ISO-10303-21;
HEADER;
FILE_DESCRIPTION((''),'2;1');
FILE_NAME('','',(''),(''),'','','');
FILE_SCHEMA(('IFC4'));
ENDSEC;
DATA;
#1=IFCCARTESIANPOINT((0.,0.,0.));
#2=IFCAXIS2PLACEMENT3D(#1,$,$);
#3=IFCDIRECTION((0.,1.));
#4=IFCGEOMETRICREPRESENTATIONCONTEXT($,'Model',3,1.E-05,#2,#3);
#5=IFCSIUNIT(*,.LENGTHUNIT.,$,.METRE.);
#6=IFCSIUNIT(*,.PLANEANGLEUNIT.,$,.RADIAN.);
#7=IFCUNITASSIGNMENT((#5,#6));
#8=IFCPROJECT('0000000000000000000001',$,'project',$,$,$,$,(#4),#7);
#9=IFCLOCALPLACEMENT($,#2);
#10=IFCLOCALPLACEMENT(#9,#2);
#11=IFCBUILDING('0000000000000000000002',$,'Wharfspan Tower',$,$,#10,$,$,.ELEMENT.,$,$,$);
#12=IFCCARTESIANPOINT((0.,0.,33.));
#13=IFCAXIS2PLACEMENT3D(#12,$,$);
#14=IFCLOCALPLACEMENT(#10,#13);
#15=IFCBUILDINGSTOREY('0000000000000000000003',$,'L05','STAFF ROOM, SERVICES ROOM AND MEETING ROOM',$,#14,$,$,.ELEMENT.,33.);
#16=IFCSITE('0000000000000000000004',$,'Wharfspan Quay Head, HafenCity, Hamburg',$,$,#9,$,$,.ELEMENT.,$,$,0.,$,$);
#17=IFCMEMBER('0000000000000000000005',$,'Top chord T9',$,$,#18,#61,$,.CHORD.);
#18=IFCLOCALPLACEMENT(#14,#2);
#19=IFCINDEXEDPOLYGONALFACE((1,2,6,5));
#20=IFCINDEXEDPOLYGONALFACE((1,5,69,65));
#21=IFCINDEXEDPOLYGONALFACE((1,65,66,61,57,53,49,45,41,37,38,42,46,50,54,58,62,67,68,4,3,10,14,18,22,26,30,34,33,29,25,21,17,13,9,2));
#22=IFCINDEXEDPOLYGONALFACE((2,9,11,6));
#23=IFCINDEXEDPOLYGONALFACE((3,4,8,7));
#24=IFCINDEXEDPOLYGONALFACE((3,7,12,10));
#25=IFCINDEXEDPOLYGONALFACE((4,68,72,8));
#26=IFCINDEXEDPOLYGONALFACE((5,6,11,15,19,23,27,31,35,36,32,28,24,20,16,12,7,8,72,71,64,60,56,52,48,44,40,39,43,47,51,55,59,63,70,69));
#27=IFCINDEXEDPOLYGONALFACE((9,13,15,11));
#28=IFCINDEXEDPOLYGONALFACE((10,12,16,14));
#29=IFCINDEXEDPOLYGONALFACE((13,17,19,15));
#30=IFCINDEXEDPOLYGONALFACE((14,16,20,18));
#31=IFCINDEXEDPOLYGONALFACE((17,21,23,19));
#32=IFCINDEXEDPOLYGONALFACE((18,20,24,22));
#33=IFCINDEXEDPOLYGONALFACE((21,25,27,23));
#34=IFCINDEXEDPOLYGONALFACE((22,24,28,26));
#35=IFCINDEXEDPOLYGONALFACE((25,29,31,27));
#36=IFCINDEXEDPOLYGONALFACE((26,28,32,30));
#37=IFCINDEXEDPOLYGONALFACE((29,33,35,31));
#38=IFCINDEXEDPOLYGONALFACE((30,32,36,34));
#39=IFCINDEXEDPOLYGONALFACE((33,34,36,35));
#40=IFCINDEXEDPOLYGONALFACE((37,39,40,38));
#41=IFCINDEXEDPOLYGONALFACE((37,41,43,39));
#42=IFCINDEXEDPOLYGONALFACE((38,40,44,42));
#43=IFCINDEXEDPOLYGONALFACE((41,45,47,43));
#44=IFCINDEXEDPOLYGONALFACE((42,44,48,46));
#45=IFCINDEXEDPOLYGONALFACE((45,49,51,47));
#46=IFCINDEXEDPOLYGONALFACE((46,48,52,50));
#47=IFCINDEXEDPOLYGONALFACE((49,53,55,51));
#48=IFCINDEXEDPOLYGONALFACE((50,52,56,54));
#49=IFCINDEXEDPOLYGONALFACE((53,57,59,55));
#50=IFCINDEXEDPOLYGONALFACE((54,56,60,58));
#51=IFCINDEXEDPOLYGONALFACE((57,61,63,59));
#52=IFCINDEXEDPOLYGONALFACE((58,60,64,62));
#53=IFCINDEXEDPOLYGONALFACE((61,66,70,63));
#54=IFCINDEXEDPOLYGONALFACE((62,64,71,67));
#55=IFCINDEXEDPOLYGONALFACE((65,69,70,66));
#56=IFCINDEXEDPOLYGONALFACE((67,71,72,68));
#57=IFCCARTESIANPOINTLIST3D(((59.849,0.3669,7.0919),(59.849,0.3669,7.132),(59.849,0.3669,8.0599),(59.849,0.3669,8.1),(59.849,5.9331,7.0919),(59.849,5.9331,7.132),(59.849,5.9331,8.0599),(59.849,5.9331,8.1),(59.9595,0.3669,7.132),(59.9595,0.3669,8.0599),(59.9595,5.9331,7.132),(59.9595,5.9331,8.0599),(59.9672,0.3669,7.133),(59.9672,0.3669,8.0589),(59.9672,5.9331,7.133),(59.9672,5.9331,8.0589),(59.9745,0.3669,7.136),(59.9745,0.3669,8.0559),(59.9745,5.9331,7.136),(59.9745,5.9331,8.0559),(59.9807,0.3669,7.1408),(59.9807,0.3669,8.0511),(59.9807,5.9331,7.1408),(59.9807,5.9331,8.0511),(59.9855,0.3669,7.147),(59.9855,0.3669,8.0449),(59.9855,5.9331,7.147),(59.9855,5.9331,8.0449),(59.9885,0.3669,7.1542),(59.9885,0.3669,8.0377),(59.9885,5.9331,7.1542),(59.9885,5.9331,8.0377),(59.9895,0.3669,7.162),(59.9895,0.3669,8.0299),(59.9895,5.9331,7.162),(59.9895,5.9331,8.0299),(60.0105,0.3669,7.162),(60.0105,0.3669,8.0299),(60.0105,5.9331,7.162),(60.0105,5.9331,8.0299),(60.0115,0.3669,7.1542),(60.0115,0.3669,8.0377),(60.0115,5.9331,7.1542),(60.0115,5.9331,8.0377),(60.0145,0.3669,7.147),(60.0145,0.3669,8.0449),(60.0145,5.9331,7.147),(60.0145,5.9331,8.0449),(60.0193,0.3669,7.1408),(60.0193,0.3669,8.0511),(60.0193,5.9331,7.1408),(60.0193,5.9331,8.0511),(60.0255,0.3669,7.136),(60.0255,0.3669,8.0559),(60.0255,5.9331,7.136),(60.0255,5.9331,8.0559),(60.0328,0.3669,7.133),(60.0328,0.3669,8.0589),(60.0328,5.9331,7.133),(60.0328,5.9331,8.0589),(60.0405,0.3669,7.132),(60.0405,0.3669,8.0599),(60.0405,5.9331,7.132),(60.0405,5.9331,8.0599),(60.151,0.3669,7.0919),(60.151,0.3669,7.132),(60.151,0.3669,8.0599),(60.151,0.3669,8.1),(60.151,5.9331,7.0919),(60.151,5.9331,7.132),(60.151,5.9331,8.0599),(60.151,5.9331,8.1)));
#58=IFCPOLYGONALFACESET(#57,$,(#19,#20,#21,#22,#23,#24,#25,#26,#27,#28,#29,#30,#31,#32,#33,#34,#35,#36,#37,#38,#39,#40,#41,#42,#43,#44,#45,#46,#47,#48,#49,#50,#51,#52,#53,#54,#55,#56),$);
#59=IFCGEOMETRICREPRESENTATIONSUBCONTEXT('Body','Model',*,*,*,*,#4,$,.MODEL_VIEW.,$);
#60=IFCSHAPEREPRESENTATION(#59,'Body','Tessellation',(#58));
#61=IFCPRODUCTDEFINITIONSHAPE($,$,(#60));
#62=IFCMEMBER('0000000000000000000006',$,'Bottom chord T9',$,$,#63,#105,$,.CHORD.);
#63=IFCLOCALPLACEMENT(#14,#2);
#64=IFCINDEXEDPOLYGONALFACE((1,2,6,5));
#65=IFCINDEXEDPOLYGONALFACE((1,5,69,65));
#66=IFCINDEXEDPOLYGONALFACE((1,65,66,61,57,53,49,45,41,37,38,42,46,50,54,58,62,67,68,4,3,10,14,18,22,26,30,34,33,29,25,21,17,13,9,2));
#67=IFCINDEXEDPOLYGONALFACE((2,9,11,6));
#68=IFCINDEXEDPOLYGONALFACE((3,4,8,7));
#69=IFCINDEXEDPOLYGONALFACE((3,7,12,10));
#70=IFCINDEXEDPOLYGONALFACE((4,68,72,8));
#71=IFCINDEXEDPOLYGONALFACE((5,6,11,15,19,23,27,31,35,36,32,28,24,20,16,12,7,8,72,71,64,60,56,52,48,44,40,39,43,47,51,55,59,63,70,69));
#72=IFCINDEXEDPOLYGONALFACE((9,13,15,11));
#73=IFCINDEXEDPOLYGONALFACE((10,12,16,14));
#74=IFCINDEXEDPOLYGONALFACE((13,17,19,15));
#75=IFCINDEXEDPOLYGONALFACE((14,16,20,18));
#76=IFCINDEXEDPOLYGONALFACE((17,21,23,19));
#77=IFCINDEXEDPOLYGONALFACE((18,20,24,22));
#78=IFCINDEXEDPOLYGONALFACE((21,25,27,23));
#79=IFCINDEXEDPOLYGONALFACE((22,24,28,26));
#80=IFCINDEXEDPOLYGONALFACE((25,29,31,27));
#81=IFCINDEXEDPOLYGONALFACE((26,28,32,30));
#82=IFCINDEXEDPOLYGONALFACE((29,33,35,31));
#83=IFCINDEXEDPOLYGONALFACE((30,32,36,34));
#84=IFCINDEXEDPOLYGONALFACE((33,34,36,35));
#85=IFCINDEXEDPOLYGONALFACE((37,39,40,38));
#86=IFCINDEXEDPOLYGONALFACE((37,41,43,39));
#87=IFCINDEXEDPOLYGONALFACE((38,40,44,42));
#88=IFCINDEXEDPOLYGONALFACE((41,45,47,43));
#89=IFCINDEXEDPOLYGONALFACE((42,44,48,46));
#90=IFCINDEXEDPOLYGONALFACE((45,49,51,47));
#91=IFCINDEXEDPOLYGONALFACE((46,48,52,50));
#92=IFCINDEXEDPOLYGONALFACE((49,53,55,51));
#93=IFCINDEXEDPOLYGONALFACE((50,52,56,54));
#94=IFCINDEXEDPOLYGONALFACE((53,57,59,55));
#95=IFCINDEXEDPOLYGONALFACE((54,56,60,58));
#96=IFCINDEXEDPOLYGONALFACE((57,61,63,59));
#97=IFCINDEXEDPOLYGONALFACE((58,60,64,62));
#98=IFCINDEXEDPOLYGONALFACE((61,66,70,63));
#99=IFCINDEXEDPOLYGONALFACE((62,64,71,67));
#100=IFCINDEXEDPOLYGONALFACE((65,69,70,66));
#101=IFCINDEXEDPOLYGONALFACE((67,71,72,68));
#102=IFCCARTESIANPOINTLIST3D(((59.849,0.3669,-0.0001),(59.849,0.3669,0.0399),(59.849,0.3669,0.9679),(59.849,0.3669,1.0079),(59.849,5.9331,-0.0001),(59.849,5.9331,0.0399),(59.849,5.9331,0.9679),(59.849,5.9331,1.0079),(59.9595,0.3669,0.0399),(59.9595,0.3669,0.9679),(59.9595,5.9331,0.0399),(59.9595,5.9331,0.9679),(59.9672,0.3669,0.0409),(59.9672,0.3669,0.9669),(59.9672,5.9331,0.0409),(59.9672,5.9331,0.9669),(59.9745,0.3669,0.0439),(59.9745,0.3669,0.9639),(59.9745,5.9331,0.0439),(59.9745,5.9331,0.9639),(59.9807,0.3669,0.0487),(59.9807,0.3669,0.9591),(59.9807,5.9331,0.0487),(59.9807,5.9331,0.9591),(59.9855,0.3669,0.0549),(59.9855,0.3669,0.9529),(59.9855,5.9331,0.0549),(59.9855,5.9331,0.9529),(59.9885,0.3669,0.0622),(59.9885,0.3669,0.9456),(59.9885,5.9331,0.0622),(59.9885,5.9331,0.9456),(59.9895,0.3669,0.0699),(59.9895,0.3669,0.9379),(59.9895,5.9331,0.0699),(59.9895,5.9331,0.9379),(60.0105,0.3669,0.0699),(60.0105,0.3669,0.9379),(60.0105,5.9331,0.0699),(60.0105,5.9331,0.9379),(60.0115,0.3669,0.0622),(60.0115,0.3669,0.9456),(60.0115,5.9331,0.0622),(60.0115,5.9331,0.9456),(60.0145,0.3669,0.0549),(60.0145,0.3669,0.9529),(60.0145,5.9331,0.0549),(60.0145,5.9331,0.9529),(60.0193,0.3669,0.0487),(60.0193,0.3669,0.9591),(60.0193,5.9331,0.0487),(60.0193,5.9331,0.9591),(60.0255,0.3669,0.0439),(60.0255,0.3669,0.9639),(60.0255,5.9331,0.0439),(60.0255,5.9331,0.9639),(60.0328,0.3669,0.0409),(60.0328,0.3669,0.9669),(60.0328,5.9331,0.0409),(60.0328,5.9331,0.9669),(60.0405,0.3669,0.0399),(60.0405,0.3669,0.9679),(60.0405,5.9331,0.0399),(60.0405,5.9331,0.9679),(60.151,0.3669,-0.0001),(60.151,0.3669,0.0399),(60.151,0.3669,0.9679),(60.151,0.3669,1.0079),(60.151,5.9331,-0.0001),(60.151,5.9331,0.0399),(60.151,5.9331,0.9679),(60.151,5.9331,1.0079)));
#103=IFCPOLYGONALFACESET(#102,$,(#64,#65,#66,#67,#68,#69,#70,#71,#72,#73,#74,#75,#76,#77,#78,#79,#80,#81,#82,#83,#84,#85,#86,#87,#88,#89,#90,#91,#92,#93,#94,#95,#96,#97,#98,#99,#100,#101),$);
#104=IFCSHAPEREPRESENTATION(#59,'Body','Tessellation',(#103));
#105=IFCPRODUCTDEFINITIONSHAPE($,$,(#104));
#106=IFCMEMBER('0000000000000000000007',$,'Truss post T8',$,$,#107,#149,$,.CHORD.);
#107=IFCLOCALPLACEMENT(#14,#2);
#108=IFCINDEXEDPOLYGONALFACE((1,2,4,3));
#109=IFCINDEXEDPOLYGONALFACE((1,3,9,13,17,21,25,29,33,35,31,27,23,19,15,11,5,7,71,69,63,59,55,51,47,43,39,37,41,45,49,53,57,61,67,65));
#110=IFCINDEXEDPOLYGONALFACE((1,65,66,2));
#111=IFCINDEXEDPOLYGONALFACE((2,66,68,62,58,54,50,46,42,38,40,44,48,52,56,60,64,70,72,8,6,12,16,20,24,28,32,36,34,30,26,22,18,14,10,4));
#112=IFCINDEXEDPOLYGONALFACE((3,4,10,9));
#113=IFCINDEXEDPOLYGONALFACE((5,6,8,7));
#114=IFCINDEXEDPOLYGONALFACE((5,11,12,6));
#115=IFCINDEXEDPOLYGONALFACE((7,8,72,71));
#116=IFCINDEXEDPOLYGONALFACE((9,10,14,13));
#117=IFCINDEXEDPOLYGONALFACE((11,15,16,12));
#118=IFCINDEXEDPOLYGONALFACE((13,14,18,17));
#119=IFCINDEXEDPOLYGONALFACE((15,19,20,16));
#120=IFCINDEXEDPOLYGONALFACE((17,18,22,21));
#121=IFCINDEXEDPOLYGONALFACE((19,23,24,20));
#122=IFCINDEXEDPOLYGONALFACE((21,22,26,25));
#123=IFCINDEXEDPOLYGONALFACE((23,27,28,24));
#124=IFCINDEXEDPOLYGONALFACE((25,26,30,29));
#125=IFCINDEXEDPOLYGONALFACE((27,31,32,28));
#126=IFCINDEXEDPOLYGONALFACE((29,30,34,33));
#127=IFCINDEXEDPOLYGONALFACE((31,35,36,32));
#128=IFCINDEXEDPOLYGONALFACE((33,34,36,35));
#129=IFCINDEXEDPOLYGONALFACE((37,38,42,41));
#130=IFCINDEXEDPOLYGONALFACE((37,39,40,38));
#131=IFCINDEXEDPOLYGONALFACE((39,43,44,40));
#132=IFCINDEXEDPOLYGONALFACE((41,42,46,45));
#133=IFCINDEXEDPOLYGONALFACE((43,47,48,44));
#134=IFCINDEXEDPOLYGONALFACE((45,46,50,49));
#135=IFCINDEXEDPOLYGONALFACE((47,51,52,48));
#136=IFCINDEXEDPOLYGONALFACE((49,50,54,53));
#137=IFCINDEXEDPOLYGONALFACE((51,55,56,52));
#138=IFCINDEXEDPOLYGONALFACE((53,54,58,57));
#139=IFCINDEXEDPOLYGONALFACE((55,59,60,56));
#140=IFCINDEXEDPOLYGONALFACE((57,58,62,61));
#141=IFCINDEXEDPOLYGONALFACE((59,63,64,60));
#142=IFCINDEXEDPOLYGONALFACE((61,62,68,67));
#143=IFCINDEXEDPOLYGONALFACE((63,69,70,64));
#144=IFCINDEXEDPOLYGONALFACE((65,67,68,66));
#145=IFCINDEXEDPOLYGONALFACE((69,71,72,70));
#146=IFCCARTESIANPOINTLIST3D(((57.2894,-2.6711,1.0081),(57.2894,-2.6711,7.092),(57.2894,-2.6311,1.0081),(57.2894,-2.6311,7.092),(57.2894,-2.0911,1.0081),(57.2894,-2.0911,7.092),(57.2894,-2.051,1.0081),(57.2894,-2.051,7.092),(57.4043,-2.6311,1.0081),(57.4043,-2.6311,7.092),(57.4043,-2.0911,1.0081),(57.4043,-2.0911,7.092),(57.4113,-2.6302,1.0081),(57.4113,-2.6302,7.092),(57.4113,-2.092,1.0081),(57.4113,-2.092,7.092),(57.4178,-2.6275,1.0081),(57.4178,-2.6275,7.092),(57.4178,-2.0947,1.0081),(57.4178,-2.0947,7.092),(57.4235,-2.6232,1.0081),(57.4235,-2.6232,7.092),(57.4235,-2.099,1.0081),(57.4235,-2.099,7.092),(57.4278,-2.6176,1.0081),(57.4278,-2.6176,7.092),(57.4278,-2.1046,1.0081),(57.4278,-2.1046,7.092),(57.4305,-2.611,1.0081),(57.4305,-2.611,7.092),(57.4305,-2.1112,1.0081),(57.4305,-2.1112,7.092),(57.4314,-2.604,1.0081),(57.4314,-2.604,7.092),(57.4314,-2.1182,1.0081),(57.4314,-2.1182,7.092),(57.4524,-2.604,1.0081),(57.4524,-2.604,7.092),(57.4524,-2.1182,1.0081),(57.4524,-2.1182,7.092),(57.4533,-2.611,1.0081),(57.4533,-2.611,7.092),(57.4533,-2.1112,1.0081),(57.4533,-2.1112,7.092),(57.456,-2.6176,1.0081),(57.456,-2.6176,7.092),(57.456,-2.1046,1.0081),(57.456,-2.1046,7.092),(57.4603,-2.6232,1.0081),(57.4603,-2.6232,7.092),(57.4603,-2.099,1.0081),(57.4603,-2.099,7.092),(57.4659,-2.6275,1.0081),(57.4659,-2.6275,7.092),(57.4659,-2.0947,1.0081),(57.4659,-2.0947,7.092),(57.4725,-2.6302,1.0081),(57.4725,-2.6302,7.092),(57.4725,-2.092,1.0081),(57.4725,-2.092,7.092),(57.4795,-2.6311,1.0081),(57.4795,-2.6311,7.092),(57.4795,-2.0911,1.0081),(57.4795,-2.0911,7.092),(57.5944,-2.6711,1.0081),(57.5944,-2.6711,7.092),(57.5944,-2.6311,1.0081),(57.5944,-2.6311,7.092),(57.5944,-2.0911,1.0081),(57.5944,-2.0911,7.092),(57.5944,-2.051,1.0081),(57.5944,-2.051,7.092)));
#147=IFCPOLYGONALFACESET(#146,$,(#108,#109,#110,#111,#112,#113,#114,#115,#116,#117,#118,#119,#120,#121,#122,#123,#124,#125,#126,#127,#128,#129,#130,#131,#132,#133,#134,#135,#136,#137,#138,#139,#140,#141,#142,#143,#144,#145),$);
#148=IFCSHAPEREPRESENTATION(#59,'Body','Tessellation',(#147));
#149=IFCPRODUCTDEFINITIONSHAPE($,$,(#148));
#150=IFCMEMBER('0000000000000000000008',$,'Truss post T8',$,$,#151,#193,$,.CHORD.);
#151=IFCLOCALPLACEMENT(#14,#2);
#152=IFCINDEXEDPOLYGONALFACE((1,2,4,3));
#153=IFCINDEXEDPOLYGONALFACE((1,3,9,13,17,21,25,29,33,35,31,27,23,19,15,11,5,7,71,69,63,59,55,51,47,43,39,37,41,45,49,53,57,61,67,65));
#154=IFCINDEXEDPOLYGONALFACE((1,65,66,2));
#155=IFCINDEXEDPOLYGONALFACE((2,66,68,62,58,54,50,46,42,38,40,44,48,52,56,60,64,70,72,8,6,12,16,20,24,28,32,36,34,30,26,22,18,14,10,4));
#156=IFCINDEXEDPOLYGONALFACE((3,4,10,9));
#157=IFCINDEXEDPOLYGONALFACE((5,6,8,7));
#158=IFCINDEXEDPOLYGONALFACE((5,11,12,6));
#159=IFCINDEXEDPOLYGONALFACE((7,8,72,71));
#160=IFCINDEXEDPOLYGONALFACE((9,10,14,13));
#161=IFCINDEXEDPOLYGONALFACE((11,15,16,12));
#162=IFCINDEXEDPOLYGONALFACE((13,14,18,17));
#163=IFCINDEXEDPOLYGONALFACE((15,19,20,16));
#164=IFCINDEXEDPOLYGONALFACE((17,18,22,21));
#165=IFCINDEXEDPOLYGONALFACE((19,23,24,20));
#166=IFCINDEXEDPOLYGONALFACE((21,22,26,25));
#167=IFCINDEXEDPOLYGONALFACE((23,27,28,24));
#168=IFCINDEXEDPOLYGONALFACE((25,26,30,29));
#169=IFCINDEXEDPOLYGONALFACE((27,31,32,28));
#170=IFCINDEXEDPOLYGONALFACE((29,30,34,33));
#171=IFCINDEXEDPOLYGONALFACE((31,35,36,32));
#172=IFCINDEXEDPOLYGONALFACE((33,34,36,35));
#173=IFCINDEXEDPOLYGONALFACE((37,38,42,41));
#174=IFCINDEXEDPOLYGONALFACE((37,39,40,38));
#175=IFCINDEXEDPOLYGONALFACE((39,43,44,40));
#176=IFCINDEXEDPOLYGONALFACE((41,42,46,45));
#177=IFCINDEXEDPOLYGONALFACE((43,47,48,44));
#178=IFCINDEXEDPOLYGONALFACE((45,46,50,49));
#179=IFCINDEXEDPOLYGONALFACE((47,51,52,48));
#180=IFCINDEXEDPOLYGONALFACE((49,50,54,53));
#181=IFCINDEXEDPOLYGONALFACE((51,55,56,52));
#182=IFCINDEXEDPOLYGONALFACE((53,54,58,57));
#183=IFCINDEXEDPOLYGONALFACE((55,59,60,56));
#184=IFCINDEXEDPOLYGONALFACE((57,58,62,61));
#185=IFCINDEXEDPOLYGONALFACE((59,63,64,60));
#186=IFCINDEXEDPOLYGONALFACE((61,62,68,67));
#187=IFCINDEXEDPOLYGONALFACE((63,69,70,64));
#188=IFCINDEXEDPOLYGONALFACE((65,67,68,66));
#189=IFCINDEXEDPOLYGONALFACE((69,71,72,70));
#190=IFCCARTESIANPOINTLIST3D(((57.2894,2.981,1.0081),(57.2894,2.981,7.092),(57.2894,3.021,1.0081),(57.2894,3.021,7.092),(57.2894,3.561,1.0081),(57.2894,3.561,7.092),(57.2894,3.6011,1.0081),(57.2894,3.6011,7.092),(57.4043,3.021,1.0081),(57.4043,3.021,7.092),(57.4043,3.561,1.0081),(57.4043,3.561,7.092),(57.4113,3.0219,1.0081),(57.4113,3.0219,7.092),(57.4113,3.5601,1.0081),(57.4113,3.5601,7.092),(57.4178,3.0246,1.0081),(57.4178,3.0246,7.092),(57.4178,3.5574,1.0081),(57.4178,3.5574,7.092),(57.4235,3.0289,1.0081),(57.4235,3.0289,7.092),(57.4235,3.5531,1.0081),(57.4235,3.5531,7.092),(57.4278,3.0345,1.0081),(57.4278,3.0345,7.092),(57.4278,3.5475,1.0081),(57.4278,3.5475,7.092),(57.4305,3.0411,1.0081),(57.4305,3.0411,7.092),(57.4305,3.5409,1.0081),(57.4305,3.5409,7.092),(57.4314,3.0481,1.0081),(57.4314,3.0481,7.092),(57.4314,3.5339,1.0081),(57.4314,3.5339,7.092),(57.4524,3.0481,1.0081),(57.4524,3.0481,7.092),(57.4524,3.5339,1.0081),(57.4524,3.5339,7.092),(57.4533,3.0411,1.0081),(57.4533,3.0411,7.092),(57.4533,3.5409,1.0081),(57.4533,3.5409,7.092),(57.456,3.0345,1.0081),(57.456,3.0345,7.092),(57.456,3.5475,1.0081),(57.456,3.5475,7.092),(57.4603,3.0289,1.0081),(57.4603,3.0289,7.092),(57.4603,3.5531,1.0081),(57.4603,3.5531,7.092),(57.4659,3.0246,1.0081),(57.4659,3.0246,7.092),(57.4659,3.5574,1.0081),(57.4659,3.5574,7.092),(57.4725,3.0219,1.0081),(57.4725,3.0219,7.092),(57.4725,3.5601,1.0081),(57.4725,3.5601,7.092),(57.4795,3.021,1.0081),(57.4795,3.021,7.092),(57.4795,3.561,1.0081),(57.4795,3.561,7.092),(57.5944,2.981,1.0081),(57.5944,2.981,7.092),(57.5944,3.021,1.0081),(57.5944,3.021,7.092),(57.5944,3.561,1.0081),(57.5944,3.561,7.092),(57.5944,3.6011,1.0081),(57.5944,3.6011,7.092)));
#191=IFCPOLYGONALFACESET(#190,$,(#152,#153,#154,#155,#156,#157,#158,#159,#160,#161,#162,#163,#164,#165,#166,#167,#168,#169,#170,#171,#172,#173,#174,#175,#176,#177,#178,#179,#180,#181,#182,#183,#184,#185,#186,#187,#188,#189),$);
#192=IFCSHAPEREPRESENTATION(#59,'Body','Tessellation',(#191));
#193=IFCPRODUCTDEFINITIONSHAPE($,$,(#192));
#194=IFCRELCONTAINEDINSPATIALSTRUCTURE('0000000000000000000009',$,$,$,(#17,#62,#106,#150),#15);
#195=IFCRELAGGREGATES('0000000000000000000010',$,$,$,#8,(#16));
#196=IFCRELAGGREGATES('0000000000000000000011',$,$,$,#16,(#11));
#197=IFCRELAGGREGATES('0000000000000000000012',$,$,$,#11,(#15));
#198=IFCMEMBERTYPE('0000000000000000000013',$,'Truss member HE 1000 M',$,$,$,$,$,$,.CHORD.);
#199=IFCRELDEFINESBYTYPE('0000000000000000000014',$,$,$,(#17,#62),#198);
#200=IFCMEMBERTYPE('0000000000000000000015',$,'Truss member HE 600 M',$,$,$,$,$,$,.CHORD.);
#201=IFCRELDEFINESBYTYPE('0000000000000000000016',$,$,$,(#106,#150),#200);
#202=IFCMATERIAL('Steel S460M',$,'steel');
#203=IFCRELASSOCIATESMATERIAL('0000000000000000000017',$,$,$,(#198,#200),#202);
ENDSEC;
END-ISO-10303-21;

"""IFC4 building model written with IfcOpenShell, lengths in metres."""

from ifc_helpers import new_model, si_unit, direction, frame, origin, origin_2d, place, context, subcontext, project, spatial, i_section, extrude, material, material_profile, profile_set, type_object, element, save


model = new_model("IFC4")

# Units and contexts
model_context = context("Model", 3, precision=1e-05, world=origin(), true_north=direction((0.0, 1.0)))
body_context = subcontext(model_context, "Body", "Model", "MODEL_VIEW")
ifc_project = project(units=[si_unit("LENGTHUNIT", "METRE"), si_unit("PLANEANGLEUNIT", "RADIAN")], contexts=[model_context])

# Site, building, storey
site_placement = place(None, origin())
site = spatial("IfcSite", under=ifc_project, at=site_placement, Name="Wharfspan Quay Head, HafenCity, Hamburg", CompositionType="ELEMENT", RefElevation=0.0)
building_placement = place(site_placement, origin())
building = spatial("IfcBuilding", under=site, at=building_placement, Name="Wharfspan Tower", CompositionType="ELEMENT")
storey_placement = place(building_placement, frame((0.0, 0.0, 33.0)))
storey = spatial("IfcBuildingStorey", under=building, at=storey_placement, Name="L05", Description="STAFF ROOM, SERVICES ROOM AND MEETING ROOM", CompositionType="ELEMENT", Elevation=33.0)

# Members
ifc_material_1 = material(Name="Steel S460M", Category="steel")
ifc_material_profile_1 = material_profile(ifc_material_1, i_section(OverallWidth=0.302, OverallDepth=1.0081, WebThickness=0.021, FlangeThickness=0.04, FilletRadius=0.03, at=origin_2d()))
ifc_profile_set_1 = profile_set([ifc_material_profile_1], Name="Steel S460M")
member_type_1 = type_object("IfcMemberType", Name="Truss member HE 1000 M", PredefinedType="CHORD", material=ifc_profile_set_1)
for number, where, z_axis, x_axis, name in (
    (1, (60.0, 0.3669, 7.5959), (0.0, 1.0, 0.0), (-1.0, 0.0, 0.0), "Top chord T9"),
    (2, (60.0, 0.3669, 0.5039), (0.0, 1.0, 0.0), (-1.0, 0.0, 0.0), "Bottom chord T9"),
):
    element("IfcMember", number, at=place(storey_placement, frame(where, z_axis=z_axis, x_axis=x_axis)), inside=storey, type_object=member_type_1, Name=name, PredefinedType="CHORD", context=body_context, shape_type="SweptSolid", body=[
        extrude(i_section(OverallWidth=0.302, OverallDepth=1.0081, WebThickness=0.021, FlangeThickness=0.04, FilletRadius=0.03, at=origin_2d()), origin(), (0.0, 0.0, 1.0), 5.5662),
    ])
ifc_material_profile_2 = material_profile(ifc_material_1, i_section(OverallWidth=0.3049, OverallDepth=0.6201, WebThickness=0.021, FlangeThickness=0.04, FilletRadius=0.0271, at=origin_2d()))
ifc_profile_set_2 = profile_set([ifc_material_profile_2], Name="Steel S460M")
member_type_2 = type_object("IfcMemberType", Name="Truss member HE 600 M", PredefinedType="CHORD", material=ifc_profile_set_2)
for number, where, z_axis, x_axis, name in (
    (3, (57.4419, -2.3611, 1.0081), (0.0, 0.0, 1.0), (1.0, 0.0, 0.0), "Truss post T8"),
    (4, (57.4419, 3.291, 1.0081), (0.0, 0.0, 1.0), (1.0, 0.0, 0.0), "Truss post T8"),
):
    element("IfcMember", number, at=place(storey_placement, frame(where, z_axis=z_axis, x_axis=x_axis)), inside=storey, type_object=member_type_2, Name=name, PredefinedType="CHORD", context=body_context, shape_type="SweptSolid", body=[
        extrude(i_section(OverallWidth=0.3049, OverallDepth=0.6201, WebThickness=0.021, FlangeThickness=0.04, FilletRadius=0.0271, at=origin_2d()), origin(), (0.0, 0.0, 1.0), 6.084),
    ])

save(model, "model.ifc")
